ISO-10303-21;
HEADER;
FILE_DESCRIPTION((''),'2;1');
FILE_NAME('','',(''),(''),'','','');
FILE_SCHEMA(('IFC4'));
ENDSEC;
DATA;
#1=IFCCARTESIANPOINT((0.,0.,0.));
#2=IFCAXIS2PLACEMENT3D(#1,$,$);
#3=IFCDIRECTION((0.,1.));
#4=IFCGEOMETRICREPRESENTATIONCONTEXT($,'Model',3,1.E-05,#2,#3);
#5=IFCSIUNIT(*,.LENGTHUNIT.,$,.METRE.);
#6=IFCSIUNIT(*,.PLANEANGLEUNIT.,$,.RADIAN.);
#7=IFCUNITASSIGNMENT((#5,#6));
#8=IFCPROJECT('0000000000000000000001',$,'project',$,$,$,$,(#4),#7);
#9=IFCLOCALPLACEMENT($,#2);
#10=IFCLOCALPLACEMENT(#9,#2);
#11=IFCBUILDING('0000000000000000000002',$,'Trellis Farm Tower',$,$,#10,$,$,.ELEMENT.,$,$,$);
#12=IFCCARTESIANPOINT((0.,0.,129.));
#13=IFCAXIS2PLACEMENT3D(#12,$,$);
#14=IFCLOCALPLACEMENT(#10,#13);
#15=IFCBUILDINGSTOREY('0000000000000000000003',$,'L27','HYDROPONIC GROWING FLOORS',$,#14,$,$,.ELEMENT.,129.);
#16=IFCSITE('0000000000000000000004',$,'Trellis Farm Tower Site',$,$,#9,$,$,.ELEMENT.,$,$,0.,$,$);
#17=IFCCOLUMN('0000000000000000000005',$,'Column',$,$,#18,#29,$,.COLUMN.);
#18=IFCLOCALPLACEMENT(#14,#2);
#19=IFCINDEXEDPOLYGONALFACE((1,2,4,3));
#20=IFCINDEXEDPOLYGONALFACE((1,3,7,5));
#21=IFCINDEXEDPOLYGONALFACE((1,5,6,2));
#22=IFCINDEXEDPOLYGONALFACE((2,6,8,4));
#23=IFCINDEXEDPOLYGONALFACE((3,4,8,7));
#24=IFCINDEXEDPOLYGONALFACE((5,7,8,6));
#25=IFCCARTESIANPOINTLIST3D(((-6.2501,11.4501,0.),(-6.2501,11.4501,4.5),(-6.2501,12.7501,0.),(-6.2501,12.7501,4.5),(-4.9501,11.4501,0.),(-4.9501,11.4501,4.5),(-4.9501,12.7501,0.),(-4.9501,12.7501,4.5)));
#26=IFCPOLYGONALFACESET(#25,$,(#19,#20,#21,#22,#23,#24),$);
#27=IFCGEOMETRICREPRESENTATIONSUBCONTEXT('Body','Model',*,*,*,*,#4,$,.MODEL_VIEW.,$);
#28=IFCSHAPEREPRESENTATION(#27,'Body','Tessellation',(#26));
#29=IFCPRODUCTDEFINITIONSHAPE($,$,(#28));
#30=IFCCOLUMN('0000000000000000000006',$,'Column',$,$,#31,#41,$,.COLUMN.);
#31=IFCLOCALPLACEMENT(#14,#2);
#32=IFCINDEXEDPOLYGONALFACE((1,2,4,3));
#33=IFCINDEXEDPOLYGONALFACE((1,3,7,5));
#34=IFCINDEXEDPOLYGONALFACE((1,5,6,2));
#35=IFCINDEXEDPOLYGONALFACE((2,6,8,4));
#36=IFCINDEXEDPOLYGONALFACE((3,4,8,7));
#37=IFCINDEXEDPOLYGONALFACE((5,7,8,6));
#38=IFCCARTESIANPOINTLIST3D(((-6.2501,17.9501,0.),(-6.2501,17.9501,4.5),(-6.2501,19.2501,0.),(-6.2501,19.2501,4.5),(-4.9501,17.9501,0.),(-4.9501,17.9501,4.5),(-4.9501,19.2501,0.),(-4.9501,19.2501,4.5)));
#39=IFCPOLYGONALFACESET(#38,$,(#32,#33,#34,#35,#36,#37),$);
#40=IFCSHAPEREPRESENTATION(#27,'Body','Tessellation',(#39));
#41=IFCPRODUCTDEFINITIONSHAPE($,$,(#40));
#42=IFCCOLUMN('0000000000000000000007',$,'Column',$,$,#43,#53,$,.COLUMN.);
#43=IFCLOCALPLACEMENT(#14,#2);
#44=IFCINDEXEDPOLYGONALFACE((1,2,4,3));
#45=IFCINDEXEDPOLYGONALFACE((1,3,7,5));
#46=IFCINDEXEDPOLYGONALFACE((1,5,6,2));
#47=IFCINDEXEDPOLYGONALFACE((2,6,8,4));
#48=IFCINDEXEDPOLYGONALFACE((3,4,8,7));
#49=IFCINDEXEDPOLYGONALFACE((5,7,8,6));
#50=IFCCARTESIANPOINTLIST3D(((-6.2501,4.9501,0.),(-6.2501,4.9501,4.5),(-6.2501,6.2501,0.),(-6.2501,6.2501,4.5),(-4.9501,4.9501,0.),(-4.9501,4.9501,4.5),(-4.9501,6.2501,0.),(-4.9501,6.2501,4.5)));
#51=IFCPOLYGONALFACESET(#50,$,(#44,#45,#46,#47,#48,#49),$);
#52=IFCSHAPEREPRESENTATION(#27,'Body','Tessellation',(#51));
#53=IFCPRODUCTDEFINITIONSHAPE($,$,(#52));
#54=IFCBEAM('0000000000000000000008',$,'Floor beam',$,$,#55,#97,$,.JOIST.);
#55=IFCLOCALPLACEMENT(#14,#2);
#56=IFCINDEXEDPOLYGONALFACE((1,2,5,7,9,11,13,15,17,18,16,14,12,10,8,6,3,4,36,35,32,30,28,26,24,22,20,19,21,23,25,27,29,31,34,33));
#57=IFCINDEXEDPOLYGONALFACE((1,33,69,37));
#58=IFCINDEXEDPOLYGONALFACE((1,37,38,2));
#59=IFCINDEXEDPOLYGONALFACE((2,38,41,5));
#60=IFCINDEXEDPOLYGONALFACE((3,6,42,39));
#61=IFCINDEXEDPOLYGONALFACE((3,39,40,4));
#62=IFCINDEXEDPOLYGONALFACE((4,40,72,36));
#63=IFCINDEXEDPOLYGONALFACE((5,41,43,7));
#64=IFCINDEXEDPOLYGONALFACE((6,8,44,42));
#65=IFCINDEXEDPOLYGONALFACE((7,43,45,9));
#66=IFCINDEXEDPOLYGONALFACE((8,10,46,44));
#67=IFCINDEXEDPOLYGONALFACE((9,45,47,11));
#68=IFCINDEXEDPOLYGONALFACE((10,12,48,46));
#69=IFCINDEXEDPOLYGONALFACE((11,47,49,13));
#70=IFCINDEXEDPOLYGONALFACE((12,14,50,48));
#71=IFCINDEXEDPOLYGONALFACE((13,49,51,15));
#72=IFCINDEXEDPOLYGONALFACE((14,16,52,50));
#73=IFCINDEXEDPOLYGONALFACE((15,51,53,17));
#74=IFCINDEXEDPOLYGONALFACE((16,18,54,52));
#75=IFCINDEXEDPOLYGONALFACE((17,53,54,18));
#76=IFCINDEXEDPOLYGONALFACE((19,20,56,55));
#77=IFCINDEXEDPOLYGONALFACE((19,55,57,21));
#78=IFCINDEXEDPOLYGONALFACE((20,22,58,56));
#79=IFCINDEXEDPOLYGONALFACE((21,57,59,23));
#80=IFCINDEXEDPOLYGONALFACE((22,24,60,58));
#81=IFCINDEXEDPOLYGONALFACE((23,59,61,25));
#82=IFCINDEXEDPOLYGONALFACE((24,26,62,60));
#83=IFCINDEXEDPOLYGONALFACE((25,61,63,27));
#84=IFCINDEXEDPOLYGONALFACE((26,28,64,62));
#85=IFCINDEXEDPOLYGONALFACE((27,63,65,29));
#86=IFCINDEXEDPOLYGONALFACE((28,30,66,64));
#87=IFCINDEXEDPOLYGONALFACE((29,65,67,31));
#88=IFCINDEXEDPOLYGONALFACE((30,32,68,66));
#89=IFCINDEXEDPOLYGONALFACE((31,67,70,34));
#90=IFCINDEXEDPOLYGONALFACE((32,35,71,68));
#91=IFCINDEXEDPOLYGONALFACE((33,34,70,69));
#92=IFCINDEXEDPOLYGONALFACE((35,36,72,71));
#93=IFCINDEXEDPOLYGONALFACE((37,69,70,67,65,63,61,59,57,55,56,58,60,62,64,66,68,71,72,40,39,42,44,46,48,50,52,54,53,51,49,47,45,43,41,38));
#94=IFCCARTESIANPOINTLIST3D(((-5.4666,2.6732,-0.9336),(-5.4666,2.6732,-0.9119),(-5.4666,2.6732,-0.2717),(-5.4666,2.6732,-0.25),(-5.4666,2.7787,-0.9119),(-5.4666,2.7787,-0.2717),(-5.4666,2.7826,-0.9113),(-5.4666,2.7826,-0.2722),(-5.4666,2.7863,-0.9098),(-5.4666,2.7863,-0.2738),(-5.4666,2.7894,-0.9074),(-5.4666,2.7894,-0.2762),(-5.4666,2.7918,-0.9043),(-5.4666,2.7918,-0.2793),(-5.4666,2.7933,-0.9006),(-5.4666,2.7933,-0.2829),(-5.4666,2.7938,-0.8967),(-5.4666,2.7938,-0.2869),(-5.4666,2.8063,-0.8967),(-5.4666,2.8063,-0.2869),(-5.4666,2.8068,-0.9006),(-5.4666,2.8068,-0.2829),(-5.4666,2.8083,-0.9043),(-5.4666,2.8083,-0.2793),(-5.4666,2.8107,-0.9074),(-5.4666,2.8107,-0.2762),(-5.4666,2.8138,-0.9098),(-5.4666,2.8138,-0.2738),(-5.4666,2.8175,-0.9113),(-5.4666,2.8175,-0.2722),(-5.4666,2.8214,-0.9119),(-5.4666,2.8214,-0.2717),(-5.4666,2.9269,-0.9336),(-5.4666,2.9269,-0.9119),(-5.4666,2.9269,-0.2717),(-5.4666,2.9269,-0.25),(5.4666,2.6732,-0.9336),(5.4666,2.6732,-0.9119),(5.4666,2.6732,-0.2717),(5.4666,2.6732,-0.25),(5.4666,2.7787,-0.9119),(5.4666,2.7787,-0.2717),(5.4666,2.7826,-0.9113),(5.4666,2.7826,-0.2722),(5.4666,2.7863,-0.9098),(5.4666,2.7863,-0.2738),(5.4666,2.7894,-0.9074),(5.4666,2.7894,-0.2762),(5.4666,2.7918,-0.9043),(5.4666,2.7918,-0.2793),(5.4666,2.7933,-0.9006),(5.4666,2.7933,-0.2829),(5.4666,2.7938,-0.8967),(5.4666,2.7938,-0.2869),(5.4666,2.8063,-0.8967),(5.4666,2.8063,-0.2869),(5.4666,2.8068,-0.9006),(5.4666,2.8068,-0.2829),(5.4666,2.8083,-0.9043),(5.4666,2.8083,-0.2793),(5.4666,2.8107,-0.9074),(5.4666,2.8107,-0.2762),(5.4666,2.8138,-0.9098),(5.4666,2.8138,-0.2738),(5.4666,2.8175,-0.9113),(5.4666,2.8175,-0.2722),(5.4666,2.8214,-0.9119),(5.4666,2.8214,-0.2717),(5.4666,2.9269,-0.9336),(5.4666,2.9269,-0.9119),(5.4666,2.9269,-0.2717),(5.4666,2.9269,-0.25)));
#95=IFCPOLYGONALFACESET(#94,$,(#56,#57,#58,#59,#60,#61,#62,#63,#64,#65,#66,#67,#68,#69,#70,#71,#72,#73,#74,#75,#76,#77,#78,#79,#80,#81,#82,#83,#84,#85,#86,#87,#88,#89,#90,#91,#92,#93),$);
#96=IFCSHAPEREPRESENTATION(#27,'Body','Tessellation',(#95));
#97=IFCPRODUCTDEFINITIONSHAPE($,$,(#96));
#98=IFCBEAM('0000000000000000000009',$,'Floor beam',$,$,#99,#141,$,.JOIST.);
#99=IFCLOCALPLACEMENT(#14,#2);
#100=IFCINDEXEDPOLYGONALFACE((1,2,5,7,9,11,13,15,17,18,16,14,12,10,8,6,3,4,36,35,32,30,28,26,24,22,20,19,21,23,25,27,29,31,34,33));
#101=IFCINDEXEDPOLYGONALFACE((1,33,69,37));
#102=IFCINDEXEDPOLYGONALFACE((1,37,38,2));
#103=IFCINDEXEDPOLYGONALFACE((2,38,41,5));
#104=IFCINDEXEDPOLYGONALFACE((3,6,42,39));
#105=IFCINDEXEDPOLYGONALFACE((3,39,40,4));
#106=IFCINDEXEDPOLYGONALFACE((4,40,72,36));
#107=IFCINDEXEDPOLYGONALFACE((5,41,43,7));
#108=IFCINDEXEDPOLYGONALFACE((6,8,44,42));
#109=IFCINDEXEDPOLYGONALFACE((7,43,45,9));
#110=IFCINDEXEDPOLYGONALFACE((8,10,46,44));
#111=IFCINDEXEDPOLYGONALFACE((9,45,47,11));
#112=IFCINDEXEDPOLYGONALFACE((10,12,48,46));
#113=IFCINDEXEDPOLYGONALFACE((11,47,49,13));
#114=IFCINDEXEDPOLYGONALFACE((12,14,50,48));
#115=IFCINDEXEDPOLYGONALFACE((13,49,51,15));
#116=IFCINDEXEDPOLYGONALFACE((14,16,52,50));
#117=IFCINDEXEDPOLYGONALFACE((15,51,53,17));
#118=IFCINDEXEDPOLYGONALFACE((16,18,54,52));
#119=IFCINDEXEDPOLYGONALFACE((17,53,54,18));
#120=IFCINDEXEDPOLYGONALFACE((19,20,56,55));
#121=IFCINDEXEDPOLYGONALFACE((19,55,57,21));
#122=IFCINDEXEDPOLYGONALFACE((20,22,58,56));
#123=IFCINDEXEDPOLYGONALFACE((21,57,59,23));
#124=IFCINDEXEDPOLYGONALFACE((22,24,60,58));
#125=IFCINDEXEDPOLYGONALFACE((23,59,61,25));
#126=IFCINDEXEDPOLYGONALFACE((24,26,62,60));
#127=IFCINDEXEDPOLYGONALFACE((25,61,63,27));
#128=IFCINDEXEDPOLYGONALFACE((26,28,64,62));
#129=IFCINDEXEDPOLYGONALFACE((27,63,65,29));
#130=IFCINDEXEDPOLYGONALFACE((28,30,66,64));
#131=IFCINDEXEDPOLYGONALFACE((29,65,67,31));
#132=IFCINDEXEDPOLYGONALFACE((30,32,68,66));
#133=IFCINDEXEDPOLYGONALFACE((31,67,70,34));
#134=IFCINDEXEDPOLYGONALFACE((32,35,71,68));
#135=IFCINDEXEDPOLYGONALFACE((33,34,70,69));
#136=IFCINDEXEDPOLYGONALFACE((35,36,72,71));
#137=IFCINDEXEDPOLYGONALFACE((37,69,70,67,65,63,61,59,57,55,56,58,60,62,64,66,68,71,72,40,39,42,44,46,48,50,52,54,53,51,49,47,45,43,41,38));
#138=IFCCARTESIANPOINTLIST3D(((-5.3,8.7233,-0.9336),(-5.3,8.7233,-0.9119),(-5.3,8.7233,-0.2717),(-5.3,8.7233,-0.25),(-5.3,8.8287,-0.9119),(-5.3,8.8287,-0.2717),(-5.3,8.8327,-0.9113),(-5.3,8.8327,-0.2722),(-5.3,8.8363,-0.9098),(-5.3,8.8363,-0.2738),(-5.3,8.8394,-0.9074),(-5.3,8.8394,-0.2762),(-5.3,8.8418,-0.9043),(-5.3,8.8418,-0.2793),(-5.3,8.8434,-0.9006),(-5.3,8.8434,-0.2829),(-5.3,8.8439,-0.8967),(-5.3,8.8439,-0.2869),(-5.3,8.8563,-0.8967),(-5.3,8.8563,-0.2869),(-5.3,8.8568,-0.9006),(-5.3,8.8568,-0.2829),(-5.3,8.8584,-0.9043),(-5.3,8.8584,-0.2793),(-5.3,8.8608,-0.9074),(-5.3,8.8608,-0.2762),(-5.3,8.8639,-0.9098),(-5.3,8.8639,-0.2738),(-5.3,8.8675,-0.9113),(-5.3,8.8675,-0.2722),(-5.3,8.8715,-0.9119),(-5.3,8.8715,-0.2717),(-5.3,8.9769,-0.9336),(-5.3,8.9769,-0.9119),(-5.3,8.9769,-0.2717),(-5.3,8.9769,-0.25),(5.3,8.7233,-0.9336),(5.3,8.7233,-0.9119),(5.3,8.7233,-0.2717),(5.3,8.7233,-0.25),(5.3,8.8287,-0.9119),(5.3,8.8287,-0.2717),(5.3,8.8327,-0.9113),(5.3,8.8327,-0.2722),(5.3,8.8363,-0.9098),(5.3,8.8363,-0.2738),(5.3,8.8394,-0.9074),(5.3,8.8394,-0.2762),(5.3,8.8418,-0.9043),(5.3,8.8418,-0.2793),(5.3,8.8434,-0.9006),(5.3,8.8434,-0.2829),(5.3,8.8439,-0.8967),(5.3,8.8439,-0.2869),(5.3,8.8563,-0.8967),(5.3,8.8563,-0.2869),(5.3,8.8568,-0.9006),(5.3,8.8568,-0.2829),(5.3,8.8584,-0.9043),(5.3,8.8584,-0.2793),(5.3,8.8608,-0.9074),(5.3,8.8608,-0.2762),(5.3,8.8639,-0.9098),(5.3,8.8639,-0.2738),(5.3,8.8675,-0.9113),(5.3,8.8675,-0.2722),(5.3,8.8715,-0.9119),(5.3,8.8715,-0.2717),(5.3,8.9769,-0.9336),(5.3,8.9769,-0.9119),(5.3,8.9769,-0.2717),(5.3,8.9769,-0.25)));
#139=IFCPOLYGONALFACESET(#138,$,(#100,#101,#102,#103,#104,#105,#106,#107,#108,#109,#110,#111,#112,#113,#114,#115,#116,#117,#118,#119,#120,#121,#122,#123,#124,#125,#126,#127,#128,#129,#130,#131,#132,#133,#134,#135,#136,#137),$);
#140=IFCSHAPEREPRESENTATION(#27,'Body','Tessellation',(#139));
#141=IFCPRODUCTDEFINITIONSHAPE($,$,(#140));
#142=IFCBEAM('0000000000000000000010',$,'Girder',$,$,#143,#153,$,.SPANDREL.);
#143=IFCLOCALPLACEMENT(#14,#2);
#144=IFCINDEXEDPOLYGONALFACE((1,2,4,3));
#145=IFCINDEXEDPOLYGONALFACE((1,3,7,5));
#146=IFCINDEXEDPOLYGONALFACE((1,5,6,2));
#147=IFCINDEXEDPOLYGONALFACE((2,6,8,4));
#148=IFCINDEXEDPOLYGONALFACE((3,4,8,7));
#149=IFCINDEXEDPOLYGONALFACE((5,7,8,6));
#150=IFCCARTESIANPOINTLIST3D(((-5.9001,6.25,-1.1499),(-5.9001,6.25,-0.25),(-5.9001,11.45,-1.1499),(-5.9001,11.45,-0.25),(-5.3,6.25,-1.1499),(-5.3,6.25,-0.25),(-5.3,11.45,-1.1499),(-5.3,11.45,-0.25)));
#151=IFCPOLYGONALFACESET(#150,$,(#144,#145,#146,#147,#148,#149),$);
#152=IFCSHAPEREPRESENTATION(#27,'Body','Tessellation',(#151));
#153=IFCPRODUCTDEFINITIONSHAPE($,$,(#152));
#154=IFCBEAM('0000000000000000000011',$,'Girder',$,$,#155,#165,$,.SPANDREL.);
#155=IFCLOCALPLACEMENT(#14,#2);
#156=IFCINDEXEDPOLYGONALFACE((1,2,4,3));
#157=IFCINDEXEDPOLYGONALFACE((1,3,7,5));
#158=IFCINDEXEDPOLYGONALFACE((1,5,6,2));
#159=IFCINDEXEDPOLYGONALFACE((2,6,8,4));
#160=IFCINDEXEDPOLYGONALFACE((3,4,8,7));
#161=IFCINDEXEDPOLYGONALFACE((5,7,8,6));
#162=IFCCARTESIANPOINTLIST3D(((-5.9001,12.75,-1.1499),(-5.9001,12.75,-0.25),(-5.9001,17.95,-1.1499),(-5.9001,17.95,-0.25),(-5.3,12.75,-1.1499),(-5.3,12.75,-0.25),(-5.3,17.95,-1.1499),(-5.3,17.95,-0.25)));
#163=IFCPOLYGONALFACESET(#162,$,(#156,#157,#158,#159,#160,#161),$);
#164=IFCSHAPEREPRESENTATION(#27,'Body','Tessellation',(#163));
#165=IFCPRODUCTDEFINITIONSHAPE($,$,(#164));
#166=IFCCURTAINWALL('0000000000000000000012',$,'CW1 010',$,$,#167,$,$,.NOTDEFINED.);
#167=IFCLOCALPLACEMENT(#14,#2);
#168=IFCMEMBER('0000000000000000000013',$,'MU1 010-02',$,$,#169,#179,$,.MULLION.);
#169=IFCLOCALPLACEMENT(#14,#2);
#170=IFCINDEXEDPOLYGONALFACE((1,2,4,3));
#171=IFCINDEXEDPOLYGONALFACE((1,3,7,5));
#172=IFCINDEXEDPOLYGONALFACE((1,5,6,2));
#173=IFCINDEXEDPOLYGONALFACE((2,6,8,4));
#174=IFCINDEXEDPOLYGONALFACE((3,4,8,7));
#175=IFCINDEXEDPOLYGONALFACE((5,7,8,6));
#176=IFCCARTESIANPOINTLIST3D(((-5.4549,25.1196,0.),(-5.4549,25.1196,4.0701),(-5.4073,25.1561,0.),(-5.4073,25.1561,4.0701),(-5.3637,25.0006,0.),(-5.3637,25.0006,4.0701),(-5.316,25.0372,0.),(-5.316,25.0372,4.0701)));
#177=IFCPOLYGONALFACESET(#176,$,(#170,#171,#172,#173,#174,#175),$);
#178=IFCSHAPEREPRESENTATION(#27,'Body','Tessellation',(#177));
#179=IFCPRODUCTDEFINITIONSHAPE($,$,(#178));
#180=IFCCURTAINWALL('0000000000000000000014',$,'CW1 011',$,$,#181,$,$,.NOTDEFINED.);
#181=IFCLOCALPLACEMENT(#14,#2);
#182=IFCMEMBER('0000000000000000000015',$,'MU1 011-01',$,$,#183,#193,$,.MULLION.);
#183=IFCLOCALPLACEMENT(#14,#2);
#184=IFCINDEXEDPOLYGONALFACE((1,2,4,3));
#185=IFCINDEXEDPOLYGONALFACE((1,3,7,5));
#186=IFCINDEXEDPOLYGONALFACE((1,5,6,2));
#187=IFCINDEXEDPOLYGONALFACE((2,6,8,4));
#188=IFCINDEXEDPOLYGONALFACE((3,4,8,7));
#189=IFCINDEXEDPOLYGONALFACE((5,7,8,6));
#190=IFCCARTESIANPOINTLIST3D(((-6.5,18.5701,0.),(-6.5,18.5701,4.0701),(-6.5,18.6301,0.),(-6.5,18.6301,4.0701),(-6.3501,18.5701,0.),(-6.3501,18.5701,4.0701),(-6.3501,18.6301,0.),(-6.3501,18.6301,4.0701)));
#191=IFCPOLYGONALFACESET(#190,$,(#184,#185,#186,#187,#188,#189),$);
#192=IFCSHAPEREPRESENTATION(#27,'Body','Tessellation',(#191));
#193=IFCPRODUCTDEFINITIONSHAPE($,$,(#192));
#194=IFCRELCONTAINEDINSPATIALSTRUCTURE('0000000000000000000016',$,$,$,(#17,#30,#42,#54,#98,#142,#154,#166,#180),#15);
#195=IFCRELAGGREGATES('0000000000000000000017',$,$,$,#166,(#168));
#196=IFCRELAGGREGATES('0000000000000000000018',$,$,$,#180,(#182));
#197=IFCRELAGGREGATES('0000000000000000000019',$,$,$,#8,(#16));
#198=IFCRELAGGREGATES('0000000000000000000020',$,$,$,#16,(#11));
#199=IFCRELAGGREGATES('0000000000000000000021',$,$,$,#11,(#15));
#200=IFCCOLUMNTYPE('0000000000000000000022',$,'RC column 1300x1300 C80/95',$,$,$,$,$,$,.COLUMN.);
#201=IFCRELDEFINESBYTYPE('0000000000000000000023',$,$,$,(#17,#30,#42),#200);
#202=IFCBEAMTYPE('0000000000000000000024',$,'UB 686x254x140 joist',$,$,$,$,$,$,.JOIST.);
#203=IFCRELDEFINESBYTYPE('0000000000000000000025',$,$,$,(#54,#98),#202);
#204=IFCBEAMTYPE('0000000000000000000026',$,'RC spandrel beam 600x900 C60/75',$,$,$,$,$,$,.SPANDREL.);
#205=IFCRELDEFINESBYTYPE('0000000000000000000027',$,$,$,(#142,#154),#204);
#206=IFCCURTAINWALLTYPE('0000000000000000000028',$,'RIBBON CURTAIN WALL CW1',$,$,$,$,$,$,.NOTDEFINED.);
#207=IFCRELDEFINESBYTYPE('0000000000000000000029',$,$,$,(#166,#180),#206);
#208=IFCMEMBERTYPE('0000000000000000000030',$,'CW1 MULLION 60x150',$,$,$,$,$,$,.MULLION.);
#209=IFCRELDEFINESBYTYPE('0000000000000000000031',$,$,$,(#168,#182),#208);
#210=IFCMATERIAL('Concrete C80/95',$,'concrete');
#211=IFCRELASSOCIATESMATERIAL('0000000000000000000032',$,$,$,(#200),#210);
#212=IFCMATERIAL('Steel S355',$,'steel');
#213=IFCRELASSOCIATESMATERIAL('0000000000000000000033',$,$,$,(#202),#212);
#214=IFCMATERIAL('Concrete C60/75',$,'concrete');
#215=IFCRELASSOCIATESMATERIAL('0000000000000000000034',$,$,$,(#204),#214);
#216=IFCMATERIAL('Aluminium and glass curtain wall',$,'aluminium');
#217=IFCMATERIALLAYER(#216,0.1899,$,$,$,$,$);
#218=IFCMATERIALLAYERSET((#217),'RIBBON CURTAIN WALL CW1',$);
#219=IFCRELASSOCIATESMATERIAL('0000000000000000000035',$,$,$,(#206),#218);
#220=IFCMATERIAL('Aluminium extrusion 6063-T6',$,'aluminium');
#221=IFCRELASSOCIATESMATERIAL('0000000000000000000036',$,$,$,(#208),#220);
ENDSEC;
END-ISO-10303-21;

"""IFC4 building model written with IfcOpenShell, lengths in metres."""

from ifc_helpers import new_model, si_unit, direction, frame, origin, origin_2d, place, context, subcontext, project, spatial, rectangle, i_section, extrude, source, transform, mapped, material, layer, layer_set, material_profile, profile_set, type_object, element, aggregate, save


model = new_model("IFC4")

# Units and contexts
model_context = context("Model", 3, precision=1e-05, world=origin(), true_north=direction((0.0, 1.0)))
body_context = subcontext(model_context, "Body", "Model", "MODEL_VIEW")
ifc_project = project(units=[si_unit("LENGTHUNIT", "METRE"), si_unit("PLANEANGLEUNIT", "RADIAN")], contexts=[model_context])

# Site, building, storey
site_placement = place(None, origin())
site = spatial("IfcSite", under=ifc_project, at=site_placement, Name="Trellis Farm Tower Site", CompositionType="ELEMENT", RefElevation=0.0)
building_placement = place(site_placement, origin())
building = spatial("IfcBuilding", under=site, at=building_placement, Name="Trellis Farm Tower", CompositionType="ELEMENT")
storey_placement = place(building_placement, frame((0.0, 0.0, 129.0)))
storey = spatial("IfcBuildingStorey", under=building, at=storey_placement, Name="L27", Description="HYDROPONIC GROWING FLOORS", CompositionType="ELEMENT", Elevation=129.0)

# Columns
ifc_material_1 = material(Name="Concrete C80/95", Category="concrete")
ifc_material_profile_1 = material_profile(ifc_material_1, rectangle(XDim=1.3, YDim=1.3, at=origin_2d()), Name="RC column 1300x1300 C80/95")
ifc_profile_set_1 = profile_set([ifc_material_profile_1], Name="Concrete C80/95")
column_type = type_object("IfcColumnType", Name="RC column 1300x1300 C80/95", PredefinedType="COLUMN", material=ifc_profile_set_1)
shared_shape_1 = source(origin(), body_context, "Body", "SweptSolid", [
    extrude(rectangle(XDim=1.3, YDim=1.3, at=origin_2d()), origin(), (0.0, 0.0, 1.0), 4.5),
])
for number, where, z_axis, x_axis, name in (
    (1, (-5.6001, 12.1001, 0.0), (0.0, 0.0, 1.0), (1.0, 0.0, 0.0), "Column"),
    (2, (-5.6001, 18.6001, 0.0), (0.0, 0.0, 1.0), (1.0, 0.0, 0.0), "Column"),
    (3, (-5.6001, 5.6001, 0.0), (0.0, 0.0, 1.0), (1.0, 0.0, 0.0), "Column"),
):
    element("IfcColumn", number, at=place(storey_placement, frame(where, z_axis=z_axis, x_axis=x_axis)), inside=storey, type_object=column_type, Name=name, PredefinedType="COLUMN", context=body_context, shape_type="MappedRepresentation", body=[
        mapped(shared_shape_1, transform((0.0, 0.0, 0.0))),
    ])

# Beams
ifc_material_2 = material(Name="Steel S355", Category="steel")
ifc_material_profile_2 = material_profile(ifc_material_2, i_section(OverallWidth=0.2537, OverallDepth=0.6836, WebThickness=0.0125, FlangeThickness=0.0217, FilletRadius=0.0151, at=origin_2d()), Name="UB 686x254x140")
ifc_profile_set_2 = profile_set([ifc_material_profile_2], Name="Steel S355")
beam_type_1 = type_object("IfcBeamType", Name="UB 686x254x140 joist", PredefinedType="JOIST", material=ifc_profile_set_2)
shared_shape_2 = source(origin(), body_context, "Body", "SweptSolid", [
    extrude(i_section(OverallWidth=0.2537, OverallDepth=0.6836, WebThickness=0.0125, FlangeThickness=0.0217, FilletRadius=0.0151, at=origin_2d()), origin(), (0.0, 0.0, 1.0), 10.9331),
])
beam_1_placement = place(storey_placement, frame((-5.4666, 2.8, -0.5918), z_axis=(1.0, 0.0, 0.0), x_axis=(0.0, 1.0, 0.0)))
element("IfcBeam", 4, at=beam_1_placement, inside=storey, type_object=beam_type_1, Name="Floor beam", PredefinedType="JOIST", context=body_context, shape_type="MappedRepresentation", body=[
    mapped(shared_shape_2, transform((0.0, 0.0, 0.0))),
])
shared_shape_3 = source(origin(), body_context, "Body", "SweptSolid", [
    extrude(i_section(OverallWidth=0.2537, OverallDepth=0.6836, WebThickness=0.0125, FlangeThickness=0.0217, FilletRadius=0.0151, at=origin_2d()), origin(), (0.0, 0.0, 1.0), 10.6001),
])
beam_2_placement = place(storey_placement, frame((-5.3, 8.8501, -0.5918), z_axis=(1.0, 0.0, 0.0), x_axis=(0.0, 1.0, 0.0)))
element("IfcBeam", 5, at=beam_2_placement, inside=storey, type_object=beam_type_1, Name="Floor beam", PredefinedType="JOIST", context=body_context, shape_type="MappedRepresentation", body=[
    mapped(shared_shape_3, transform((0.0, 0.0, 0.0))),
])
ifc_material_3 = material(Name="Concrete C60/75", Category="concrete")
ifc_material_profile_3 = material_profile(ifc_material_3, rectangle(XDim=0.6001, YDim=0.8999, at=origin_2d()), Name="RC spandrel beam 600x900 C60/75")
ifc_profile_set_3 = profile_set([ifc_material_profile_3], Name="Concrete C60/75")
beam_type_2 = type_object("IfcBeamType", Name="RC spandrel beam 600x900 C60/75", PredefinedType="SPANDREL", material=ifc_profile_set_3)
shared_shape_4 = source(origin(), body_context, "Body", "SweptSolid", [
    extrude(rectangle(XDim=0.6001, YDim=0.8999, at=origin_2d()), origin(), (0.0, 0.0, 1.0), 5.2),
])
for number, where, z_axis, x_axis, name in (
    (6, (-5.6001, 6.25, -0.7), (0.0, 1.0, 0.0), (-1.0, 0.0, 0.0), "Girder"),
    (7, (-5.6001, 12.75, -0.7), (0.0, 1.0, 0.0), (-1.0, 0.0, 0.0), "Girder"),
):
    element("IfcBeam", number, at=place(storey_placement, frame(where, z_axis=z_axis, x_axis=x_axis)), inside=storey, type_object=beam_type_2, Name=name, PredefinedType="SPANDREL", context=body_context, shape_type="MappedRepresentation", body=[
        mapped(shared_shape_4, transform((0.0, 0.0, 0.0))),
    ])

# Curtain wall, member
ifc_material_4 = material(Name="Aluminium and glass curtain wall", Category="aluminium")
ifc_layer_1 = layer(ifc_material_4, 0.1899)
ifc_layer_set_1 = layer_set([ifc_layer_1], Name="RIBBON CURTAIN WALL CW1")
curtain_wall_type_1 = type_object("IfcCurtainWallType", Name="RIBBON CURTAIN WALL CW1", PredefinedType="NOTDEFINED", material=ifc_layer_set_1)
placement = place(storey_placement, origin())
curtain_wall_1 = element("IfcCurtainWall", 8, at=placement, inside=storey, type_object=curtain_wall_type_1, Name="CW1 010", PredefinedType="NOTDEFINED")
ifc_material_5 = material(Name="Aluminium extrusion 6063-T6", Category="aluminium")
ifc_material_profile_4 = material_profile(ifc_material_5, rectangle(XDim=0.0601, YDim=0.1499, at=origin_2d()), Name="MULLION 60x150")
ifc_profile_set_4 = profile_set([ifc_material_profile_4], Name="Aluminium extrusion 6063-T6")
member_type_1 = type_object("IfcMemberType", Name="CW1 MULLION 60x150", PredefinedType="MULLION", material=ifc_profile_set_4)
shared_shape_5 = source(origin(), body_context, "Body", "SweptSolid", [
    extrude(rectangle(XDim=0.0601, YDim=0.1499, at=origin_2d()), origin(), (0.0, 0.0, 1.0), 4.0701),
])
member_1_placement = place(storey_placement, frame((-5.3855, 25.0784, 0.0), z_axis=(0.0, 0.0, 1.0), x_axis=(-0.793353, -0.608761, 0.0)))
member_1 = element("IfcMember", 9, at=member_1_placement, type_object=member_type_1, Name="MU1 010-02", PredefinedType="MULLION", context=body_context, shape_type="MappedRepresentation", body=[
    mapped(shared_shape_5, transform((0.0, 0.0, 0.0))),
])
aggregate(curtain_wall_1, [member_1])

# Curtain wall, member
curtain_wall_2 = element("IfcCurtainWall", 10, at=placement, inside=storey, type_object=curtain_wall_type_1, Name="CW1 011", PredefinedType="NOTDEFINED")
member_2_placement = place(storey_placement, frame((-6.425, 18.6001, 0.0), z_axis=(0.0, 0.0, 1.0), x_axis=(0.0, -1.0, 0.0)))
member_2 = element("IfcMember", 11, at=member_2_placement, type_object=member_type_1, Name="MU1 011-01", PredefinedType="MULLION", context=body_context, shape_type="MappedRepresentation", body=[
    mapped(shared_shape_5, transform((0.0, 0.0, 0.0))),
])
aggregate(curtain_wall_2, [member_2])

save(model, "model.ifc")
